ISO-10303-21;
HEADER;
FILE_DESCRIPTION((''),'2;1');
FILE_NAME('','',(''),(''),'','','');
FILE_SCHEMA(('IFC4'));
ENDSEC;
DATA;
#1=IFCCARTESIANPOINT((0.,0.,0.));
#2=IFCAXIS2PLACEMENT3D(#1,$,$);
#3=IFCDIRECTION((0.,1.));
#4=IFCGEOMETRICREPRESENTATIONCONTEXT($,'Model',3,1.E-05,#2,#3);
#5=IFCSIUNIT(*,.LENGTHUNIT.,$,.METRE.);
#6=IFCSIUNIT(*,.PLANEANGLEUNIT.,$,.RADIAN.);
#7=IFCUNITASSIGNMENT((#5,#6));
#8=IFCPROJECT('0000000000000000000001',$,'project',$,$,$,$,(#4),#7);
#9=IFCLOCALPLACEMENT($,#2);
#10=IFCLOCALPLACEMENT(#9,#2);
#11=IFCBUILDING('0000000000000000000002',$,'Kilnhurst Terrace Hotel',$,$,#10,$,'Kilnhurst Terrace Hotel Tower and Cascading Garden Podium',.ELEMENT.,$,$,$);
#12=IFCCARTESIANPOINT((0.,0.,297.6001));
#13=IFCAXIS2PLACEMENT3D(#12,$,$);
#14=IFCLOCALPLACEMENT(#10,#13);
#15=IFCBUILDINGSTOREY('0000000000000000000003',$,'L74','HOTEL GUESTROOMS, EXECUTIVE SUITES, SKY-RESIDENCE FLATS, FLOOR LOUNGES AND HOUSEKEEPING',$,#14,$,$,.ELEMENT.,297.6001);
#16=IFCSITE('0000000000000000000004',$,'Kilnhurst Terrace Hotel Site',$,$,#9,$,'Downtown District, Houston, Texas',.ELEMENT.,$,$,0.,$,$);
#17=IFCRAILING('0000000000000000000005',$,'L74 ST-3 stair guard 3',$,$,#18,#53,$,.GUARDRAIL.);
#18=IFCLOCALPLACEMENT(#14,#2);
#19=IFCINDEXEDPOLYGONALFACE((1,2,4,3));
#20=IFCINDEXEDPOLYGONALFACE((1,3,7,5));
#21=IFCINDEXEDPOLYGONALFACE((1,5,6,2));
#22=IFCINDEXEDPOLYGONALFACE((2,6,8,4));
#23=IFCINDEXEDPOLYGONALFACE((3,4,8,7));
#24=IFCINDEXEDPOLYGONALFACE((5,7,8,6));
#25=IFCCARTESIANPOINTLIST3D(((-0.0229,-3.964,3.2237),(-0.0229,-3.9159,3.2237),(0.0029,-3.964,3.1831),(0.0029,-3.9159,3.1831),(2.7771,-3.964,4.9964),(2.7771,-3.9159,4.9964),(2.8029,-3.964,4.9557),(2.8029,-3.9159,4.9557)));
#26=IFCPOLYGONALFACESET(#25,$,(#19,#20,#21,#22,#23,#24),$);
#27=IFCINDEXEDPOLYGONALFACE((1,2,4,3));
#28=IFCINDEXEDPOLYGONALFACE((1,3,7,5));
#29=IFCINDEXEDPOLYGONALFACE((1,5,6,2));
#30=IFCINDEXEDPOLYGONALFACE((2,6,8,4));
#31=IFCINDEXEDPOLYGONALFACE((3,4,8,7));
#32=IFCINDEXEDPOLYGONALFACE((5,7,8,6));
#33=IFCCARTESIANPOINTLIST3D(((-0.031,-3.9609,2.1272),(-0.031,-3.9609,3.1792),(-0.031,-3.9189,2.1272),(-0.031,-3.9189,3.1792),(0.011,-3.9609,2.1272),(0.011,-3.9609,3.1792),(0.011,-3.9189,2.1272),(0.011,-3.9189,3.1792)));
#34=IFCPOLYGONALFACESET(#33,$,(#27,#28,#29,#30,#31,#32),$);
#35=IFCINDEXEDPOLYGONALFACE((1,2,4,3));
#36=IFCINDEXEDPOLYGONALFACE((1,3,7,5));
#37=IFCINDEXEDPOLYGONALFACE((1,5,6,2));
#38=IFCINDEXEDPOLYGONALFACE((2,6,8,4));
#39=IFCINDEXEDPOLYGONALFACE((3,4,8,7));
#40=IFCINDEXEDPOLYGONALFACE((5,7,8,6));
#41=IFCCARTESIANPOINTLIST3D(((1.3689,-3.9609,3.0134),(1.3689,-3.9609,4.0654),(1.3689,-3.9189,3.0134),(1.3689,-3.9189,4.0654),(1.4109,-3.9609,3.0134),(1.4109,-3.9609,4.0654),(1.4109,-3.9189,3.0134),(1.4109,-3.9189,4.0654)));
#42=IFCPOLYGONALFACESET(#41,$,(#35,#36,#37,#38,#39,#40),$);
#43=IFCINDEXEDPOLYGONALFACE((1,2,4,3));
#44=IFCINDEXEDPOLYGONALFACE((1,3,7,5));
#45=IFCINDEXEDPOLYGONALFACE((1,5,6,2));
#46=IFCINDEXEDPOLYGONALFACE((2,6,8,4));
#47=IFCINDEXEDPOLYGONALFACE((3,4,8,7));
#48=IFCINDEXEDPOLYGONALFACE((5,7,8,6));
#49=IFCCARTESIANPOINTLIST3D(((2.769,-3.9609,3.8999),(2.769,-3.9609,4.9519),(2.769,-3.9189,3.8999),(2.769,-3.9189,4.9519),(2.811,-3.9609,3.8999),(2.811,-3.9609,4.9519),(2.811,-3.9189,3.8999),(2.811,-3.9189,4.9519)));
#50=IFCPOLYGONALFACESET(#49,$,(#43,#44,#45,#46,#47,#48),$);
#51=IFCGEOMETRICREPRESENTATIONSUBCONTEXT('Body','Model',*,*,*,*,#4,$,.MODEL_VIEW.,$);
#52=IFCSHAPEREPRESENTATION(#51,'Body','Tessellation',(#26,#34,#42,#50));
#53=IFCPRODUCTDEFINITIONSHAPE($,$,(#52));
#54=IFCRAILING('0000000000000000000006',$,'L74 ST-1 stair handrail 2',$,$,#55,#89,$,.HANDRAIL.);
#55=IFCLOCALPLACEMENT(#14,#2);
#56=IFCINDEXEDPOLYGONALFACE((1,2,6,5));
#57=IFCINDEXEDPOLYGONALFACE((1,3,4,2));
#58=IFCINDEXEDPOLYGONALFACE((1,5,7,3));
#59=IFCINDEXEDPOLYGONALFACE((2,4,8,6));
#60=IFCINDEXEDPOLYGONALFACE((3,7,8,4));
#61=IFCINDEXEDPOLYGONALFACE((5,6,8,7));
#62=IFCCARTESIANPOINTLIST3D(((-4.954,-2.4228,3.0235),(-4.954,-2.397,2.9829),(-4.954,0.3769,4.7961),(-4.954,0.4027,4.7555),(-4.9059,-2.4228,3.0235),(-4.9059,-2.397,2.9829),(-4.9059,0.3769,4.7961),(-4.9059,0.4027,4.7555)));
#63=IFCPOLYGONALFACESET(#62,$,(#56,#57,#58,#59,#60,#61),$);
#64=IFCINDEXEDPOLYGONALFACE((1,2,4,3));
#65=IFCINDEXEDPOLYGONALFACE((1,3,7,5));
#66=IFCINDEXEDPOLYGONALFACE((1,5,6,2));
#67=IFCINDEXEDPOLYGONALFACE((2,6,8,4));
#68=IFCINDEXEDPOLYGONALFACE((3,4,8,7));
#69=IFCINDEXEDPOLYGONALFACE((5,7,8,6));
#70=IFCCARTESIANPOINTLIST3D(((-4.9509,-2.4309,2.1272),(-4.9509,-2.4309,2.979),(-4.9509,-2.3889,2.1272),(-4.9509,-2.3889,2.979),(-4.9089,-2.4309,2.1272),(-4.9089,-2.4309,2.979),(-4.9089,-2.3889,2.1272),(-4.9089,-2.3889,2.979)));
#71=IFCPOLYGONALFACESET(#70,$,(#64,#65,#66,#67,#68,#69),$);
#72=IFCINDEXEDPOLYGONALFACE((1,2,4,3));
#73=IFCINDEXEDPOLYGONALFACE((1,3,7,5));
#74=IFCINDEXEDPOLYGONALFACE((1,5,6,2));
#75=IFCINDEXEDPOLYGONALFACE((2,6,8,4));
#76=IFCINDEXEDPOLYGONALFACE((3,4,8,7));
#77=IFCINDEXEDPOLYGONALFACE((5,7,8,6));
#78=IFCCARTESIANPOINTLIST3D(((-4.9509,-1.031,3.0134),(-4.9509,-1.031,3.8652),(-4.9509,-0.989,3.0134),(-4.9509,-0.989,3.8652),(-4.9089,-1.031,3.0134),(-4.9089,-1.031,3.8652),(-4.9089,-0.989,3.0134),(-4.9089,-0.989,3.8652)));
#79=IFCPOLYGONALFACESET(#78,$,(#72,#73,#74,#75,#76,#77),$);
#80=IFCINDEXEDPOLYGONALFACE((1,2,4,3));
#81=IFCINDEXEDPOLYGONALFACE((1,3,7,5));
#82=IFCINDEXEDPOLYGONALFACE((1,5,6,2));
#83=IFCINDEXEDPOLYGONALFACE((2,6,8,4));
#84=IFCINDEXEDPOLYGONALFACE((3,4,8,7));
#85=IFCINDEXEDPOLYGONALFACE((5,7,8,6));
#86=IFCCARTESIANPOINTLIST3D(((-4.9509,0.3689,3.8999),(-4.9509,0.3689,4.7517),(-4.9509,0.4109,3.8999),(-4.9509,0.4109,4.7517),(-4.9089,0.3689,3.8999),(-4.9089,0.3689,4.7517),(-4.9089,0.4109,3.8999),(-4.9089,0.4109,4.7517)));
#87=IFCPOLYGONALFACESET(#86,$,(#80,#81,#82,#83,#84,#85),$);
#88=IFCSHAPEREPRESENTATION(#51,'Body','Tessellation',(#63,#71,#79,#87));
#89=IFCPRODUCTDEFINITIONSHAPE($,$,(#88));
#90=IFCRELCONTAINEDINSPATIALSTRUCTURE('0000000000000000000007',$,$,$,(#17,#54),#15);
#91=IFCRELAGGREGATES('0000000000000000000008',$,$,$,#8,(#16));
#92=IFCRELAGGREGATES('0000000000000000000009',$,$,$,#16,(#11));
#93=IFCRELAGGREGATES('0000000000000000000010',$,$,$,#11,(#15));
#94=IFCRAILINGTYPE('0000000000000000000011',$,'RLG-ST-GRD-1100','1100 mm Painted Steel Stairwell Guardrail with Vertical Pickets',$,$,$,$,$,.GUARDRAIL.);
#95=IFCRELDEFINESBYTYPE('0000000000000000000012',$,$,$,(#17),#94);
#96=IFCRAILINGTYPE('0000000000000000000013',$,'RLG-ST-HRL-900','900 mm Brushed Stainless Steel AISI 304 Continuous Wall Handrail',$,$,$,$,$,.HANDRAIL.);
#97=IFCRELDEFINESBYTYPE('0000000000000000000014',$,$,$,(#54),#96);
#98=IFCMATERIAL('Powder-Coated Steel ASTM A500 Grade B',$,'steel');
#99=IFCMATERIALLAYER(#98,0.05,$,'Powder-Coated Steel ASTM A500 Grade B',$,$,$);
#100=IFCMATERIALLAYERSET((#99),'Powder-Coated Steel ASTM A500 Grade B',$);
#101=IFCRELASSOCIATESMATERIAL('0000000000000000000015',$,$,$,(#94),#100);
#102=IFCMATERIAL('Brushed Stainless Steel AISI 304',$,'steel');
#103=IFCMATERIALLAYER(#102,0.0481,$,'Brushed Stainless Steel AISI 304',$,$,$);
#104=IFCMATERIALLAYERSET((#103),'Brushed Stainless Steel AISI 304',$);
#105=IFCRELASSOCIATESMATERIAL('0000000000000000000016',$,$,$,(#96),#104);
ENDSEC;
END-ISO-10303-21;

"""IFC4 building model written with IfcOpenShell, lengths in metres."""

from ifc_helpers import new_model, si_unit, direction, frame, origin, origin_2d, place, context, subcontext, project, spatial, rectangle, extrude, material, layer, layer_set, type_object, element, save


model = new_model("IFC4")

# Units and contexts
model_context = context("Model", 3, precision=1e-05, world=origin(), true_north=direction((0.0, 1.0)))
body_context = subcontext(model_context, "Body", "Model", "MODEL_VIEW")
ifc_project = project(units=[si_unit("LENGTHUNIT", "METRE"), si_unit("PLANEANGLEUNIT", "RADIAN")], contexts=[model_context])

# Site, building, storey
site_placement = place(None, origin())
site = spatial("IfcSite", under=ifc_project, at=site_placement, Name="Kilnhurst Terrace Hotel Site", LongName="Downtown District, Houston, Texas", CompositionType="ELEMENT", RefElevation=0.0)
building_placement = place(site_placement, origin())
building = spatial("IfcBuilding", under=site, at=building_placement, Name="Kilnhurst Terrace Hotel", LongName="Kilnhurst Terrace Hotel Tower and Cascading Garden Podium", CompositionType="ELEMENT")
storey_placement = place(building_placement, frame((0.0, 0.0, 297.6001)))
storey = spatial("IfcBuildingStorey", under=building, at=storey_placement, Name="L74", Description="HOTEL GUESTROOMS, EXECUTIVE SUITES, SKY-RESIDENCE FLATS, FLOOR LOUNGES AND HOUSEKEEPING", CompositionType="ELEMENT", Elevation=297.6001)

# Railings
ifc_material_1 = material(Name="Powder-Coated Steel ASTM A500 Grade B", Category="steel")
ifc_layer_1 = layer(ifc_material_1, 0.05, Name="Powder-Coated Steel ASTM A500 Grade B")
ifc_layer_set_1 = layer_set([ifc_layer_1], Name="Powder-Coated Steel ASTM A500 Grade B")
railing_type_1 = type_object("IfcRailingType", Name="RLG-ST-GRD-1100", Description="1100 mm Painted Steel Stairwell Guardrail with Vertical Pickets", PredefinedType="GUARDRAIL", material=ifc_layer_set_1)
railing_1_placement = place(storey_placement, frame((-0.01, -3.9399, 2.1272)))
element("IfcRailing", 1, at=railing_1_placement, inside=storey, type_object=railing_type_1, Name="L74 ST-3 stair guard 3", PredefinedType="GUARDRAIL", context=body_context, shape_type="SweptSolid", body=[
    extrude(rectangle(XDim=0.0481, YDim=0.0481, at=origin_2d()), frame((0.0, 0.0, 1.0762), z_axis=(0.844909, 0.0, 0.53491), x_axis=(0.0, 1.0, 0.0)), (0.0, 0.0, 1.0), 3.314),
    extrude(rectangle(XDim=0.042, YDim=0.042, at=origin_2d()), origin(), (0.0, 0.0, 1.0), 1.052),
    extrude(rectangle(XDim=0.042, YDim=0.042, at=origin_2d()), frame((1.3999, 0.0, 0.8862)), (0.0, 0.0, 1.0), 1.052),
    extrude(rectangle(XDim=0.042, YDim=0.042, at=origin_2d()), frame((2.8, 0.0, 1.7727)), (0.0, 0.0, 1.0), 1.052),
])
ifc_material_2 = material(Name="Brushed Stainless Steel AISI 304", Category="steel")
ifc_layer_2 = layer(ifc_material_2, 0.0481, Name="Brushed Stainless Steel AISI 304")
ifc_layer_set_2 = layer_set([ifc_layer_2], Name="Brushed Stainless Steel AISI 304")
railing_type_2 = type_object("IfcRailingType", Name="RLG-ST-HRL-900", Description="900 mm Brushed Stainless Steel AISI 304 Continuous Wall Handrail", PredefinedType="HANDRAIL", material=ifc_layer_set_2)
railing_2_placement = place(storey_placement, frame((-4.9299, -2.4099, 2.1272)))
element("IfcRailing", 2, at=railing_2_placement, inside=storey, type_object=railing_type_2, Name="L74 ST-1 stair handrail 2", PredefinedType="HANDRAIL", context=body_context, shape_type="SweptSolid", body=[
    extrude(rectangle(XDim=0.0481, YDim=0.0481, at=origin_2d()), frame((0.0, 0.0, 0.876), z_axis=(0.0, 0.844888, 0.534943), x_axis=(-1.0, 0.0, 0.0)), (0.0, 0.0, 1.0), 3.3137),
    extrude(rectangle(XDim=0.042, YDim=0.042, at=origin_2d()), origin(), (0.0, 0.0, 1.0), 0.8518),
    extrude(rectangle(XDim=0.042, YDim=0.042, at=origin_2d()), frame((0.0, 1.3999, 0.8862)), (0.0, 0.0, 1.0), 0.8518),
    extrude(rectangle(XDim=0.042, YDim=0.042, at=origin_2d()), frame((0.0, 2.7998, 1.7727)), (0.0, 0.0, 1.0), 0.8518),
])

save(model, "model.ifc")
